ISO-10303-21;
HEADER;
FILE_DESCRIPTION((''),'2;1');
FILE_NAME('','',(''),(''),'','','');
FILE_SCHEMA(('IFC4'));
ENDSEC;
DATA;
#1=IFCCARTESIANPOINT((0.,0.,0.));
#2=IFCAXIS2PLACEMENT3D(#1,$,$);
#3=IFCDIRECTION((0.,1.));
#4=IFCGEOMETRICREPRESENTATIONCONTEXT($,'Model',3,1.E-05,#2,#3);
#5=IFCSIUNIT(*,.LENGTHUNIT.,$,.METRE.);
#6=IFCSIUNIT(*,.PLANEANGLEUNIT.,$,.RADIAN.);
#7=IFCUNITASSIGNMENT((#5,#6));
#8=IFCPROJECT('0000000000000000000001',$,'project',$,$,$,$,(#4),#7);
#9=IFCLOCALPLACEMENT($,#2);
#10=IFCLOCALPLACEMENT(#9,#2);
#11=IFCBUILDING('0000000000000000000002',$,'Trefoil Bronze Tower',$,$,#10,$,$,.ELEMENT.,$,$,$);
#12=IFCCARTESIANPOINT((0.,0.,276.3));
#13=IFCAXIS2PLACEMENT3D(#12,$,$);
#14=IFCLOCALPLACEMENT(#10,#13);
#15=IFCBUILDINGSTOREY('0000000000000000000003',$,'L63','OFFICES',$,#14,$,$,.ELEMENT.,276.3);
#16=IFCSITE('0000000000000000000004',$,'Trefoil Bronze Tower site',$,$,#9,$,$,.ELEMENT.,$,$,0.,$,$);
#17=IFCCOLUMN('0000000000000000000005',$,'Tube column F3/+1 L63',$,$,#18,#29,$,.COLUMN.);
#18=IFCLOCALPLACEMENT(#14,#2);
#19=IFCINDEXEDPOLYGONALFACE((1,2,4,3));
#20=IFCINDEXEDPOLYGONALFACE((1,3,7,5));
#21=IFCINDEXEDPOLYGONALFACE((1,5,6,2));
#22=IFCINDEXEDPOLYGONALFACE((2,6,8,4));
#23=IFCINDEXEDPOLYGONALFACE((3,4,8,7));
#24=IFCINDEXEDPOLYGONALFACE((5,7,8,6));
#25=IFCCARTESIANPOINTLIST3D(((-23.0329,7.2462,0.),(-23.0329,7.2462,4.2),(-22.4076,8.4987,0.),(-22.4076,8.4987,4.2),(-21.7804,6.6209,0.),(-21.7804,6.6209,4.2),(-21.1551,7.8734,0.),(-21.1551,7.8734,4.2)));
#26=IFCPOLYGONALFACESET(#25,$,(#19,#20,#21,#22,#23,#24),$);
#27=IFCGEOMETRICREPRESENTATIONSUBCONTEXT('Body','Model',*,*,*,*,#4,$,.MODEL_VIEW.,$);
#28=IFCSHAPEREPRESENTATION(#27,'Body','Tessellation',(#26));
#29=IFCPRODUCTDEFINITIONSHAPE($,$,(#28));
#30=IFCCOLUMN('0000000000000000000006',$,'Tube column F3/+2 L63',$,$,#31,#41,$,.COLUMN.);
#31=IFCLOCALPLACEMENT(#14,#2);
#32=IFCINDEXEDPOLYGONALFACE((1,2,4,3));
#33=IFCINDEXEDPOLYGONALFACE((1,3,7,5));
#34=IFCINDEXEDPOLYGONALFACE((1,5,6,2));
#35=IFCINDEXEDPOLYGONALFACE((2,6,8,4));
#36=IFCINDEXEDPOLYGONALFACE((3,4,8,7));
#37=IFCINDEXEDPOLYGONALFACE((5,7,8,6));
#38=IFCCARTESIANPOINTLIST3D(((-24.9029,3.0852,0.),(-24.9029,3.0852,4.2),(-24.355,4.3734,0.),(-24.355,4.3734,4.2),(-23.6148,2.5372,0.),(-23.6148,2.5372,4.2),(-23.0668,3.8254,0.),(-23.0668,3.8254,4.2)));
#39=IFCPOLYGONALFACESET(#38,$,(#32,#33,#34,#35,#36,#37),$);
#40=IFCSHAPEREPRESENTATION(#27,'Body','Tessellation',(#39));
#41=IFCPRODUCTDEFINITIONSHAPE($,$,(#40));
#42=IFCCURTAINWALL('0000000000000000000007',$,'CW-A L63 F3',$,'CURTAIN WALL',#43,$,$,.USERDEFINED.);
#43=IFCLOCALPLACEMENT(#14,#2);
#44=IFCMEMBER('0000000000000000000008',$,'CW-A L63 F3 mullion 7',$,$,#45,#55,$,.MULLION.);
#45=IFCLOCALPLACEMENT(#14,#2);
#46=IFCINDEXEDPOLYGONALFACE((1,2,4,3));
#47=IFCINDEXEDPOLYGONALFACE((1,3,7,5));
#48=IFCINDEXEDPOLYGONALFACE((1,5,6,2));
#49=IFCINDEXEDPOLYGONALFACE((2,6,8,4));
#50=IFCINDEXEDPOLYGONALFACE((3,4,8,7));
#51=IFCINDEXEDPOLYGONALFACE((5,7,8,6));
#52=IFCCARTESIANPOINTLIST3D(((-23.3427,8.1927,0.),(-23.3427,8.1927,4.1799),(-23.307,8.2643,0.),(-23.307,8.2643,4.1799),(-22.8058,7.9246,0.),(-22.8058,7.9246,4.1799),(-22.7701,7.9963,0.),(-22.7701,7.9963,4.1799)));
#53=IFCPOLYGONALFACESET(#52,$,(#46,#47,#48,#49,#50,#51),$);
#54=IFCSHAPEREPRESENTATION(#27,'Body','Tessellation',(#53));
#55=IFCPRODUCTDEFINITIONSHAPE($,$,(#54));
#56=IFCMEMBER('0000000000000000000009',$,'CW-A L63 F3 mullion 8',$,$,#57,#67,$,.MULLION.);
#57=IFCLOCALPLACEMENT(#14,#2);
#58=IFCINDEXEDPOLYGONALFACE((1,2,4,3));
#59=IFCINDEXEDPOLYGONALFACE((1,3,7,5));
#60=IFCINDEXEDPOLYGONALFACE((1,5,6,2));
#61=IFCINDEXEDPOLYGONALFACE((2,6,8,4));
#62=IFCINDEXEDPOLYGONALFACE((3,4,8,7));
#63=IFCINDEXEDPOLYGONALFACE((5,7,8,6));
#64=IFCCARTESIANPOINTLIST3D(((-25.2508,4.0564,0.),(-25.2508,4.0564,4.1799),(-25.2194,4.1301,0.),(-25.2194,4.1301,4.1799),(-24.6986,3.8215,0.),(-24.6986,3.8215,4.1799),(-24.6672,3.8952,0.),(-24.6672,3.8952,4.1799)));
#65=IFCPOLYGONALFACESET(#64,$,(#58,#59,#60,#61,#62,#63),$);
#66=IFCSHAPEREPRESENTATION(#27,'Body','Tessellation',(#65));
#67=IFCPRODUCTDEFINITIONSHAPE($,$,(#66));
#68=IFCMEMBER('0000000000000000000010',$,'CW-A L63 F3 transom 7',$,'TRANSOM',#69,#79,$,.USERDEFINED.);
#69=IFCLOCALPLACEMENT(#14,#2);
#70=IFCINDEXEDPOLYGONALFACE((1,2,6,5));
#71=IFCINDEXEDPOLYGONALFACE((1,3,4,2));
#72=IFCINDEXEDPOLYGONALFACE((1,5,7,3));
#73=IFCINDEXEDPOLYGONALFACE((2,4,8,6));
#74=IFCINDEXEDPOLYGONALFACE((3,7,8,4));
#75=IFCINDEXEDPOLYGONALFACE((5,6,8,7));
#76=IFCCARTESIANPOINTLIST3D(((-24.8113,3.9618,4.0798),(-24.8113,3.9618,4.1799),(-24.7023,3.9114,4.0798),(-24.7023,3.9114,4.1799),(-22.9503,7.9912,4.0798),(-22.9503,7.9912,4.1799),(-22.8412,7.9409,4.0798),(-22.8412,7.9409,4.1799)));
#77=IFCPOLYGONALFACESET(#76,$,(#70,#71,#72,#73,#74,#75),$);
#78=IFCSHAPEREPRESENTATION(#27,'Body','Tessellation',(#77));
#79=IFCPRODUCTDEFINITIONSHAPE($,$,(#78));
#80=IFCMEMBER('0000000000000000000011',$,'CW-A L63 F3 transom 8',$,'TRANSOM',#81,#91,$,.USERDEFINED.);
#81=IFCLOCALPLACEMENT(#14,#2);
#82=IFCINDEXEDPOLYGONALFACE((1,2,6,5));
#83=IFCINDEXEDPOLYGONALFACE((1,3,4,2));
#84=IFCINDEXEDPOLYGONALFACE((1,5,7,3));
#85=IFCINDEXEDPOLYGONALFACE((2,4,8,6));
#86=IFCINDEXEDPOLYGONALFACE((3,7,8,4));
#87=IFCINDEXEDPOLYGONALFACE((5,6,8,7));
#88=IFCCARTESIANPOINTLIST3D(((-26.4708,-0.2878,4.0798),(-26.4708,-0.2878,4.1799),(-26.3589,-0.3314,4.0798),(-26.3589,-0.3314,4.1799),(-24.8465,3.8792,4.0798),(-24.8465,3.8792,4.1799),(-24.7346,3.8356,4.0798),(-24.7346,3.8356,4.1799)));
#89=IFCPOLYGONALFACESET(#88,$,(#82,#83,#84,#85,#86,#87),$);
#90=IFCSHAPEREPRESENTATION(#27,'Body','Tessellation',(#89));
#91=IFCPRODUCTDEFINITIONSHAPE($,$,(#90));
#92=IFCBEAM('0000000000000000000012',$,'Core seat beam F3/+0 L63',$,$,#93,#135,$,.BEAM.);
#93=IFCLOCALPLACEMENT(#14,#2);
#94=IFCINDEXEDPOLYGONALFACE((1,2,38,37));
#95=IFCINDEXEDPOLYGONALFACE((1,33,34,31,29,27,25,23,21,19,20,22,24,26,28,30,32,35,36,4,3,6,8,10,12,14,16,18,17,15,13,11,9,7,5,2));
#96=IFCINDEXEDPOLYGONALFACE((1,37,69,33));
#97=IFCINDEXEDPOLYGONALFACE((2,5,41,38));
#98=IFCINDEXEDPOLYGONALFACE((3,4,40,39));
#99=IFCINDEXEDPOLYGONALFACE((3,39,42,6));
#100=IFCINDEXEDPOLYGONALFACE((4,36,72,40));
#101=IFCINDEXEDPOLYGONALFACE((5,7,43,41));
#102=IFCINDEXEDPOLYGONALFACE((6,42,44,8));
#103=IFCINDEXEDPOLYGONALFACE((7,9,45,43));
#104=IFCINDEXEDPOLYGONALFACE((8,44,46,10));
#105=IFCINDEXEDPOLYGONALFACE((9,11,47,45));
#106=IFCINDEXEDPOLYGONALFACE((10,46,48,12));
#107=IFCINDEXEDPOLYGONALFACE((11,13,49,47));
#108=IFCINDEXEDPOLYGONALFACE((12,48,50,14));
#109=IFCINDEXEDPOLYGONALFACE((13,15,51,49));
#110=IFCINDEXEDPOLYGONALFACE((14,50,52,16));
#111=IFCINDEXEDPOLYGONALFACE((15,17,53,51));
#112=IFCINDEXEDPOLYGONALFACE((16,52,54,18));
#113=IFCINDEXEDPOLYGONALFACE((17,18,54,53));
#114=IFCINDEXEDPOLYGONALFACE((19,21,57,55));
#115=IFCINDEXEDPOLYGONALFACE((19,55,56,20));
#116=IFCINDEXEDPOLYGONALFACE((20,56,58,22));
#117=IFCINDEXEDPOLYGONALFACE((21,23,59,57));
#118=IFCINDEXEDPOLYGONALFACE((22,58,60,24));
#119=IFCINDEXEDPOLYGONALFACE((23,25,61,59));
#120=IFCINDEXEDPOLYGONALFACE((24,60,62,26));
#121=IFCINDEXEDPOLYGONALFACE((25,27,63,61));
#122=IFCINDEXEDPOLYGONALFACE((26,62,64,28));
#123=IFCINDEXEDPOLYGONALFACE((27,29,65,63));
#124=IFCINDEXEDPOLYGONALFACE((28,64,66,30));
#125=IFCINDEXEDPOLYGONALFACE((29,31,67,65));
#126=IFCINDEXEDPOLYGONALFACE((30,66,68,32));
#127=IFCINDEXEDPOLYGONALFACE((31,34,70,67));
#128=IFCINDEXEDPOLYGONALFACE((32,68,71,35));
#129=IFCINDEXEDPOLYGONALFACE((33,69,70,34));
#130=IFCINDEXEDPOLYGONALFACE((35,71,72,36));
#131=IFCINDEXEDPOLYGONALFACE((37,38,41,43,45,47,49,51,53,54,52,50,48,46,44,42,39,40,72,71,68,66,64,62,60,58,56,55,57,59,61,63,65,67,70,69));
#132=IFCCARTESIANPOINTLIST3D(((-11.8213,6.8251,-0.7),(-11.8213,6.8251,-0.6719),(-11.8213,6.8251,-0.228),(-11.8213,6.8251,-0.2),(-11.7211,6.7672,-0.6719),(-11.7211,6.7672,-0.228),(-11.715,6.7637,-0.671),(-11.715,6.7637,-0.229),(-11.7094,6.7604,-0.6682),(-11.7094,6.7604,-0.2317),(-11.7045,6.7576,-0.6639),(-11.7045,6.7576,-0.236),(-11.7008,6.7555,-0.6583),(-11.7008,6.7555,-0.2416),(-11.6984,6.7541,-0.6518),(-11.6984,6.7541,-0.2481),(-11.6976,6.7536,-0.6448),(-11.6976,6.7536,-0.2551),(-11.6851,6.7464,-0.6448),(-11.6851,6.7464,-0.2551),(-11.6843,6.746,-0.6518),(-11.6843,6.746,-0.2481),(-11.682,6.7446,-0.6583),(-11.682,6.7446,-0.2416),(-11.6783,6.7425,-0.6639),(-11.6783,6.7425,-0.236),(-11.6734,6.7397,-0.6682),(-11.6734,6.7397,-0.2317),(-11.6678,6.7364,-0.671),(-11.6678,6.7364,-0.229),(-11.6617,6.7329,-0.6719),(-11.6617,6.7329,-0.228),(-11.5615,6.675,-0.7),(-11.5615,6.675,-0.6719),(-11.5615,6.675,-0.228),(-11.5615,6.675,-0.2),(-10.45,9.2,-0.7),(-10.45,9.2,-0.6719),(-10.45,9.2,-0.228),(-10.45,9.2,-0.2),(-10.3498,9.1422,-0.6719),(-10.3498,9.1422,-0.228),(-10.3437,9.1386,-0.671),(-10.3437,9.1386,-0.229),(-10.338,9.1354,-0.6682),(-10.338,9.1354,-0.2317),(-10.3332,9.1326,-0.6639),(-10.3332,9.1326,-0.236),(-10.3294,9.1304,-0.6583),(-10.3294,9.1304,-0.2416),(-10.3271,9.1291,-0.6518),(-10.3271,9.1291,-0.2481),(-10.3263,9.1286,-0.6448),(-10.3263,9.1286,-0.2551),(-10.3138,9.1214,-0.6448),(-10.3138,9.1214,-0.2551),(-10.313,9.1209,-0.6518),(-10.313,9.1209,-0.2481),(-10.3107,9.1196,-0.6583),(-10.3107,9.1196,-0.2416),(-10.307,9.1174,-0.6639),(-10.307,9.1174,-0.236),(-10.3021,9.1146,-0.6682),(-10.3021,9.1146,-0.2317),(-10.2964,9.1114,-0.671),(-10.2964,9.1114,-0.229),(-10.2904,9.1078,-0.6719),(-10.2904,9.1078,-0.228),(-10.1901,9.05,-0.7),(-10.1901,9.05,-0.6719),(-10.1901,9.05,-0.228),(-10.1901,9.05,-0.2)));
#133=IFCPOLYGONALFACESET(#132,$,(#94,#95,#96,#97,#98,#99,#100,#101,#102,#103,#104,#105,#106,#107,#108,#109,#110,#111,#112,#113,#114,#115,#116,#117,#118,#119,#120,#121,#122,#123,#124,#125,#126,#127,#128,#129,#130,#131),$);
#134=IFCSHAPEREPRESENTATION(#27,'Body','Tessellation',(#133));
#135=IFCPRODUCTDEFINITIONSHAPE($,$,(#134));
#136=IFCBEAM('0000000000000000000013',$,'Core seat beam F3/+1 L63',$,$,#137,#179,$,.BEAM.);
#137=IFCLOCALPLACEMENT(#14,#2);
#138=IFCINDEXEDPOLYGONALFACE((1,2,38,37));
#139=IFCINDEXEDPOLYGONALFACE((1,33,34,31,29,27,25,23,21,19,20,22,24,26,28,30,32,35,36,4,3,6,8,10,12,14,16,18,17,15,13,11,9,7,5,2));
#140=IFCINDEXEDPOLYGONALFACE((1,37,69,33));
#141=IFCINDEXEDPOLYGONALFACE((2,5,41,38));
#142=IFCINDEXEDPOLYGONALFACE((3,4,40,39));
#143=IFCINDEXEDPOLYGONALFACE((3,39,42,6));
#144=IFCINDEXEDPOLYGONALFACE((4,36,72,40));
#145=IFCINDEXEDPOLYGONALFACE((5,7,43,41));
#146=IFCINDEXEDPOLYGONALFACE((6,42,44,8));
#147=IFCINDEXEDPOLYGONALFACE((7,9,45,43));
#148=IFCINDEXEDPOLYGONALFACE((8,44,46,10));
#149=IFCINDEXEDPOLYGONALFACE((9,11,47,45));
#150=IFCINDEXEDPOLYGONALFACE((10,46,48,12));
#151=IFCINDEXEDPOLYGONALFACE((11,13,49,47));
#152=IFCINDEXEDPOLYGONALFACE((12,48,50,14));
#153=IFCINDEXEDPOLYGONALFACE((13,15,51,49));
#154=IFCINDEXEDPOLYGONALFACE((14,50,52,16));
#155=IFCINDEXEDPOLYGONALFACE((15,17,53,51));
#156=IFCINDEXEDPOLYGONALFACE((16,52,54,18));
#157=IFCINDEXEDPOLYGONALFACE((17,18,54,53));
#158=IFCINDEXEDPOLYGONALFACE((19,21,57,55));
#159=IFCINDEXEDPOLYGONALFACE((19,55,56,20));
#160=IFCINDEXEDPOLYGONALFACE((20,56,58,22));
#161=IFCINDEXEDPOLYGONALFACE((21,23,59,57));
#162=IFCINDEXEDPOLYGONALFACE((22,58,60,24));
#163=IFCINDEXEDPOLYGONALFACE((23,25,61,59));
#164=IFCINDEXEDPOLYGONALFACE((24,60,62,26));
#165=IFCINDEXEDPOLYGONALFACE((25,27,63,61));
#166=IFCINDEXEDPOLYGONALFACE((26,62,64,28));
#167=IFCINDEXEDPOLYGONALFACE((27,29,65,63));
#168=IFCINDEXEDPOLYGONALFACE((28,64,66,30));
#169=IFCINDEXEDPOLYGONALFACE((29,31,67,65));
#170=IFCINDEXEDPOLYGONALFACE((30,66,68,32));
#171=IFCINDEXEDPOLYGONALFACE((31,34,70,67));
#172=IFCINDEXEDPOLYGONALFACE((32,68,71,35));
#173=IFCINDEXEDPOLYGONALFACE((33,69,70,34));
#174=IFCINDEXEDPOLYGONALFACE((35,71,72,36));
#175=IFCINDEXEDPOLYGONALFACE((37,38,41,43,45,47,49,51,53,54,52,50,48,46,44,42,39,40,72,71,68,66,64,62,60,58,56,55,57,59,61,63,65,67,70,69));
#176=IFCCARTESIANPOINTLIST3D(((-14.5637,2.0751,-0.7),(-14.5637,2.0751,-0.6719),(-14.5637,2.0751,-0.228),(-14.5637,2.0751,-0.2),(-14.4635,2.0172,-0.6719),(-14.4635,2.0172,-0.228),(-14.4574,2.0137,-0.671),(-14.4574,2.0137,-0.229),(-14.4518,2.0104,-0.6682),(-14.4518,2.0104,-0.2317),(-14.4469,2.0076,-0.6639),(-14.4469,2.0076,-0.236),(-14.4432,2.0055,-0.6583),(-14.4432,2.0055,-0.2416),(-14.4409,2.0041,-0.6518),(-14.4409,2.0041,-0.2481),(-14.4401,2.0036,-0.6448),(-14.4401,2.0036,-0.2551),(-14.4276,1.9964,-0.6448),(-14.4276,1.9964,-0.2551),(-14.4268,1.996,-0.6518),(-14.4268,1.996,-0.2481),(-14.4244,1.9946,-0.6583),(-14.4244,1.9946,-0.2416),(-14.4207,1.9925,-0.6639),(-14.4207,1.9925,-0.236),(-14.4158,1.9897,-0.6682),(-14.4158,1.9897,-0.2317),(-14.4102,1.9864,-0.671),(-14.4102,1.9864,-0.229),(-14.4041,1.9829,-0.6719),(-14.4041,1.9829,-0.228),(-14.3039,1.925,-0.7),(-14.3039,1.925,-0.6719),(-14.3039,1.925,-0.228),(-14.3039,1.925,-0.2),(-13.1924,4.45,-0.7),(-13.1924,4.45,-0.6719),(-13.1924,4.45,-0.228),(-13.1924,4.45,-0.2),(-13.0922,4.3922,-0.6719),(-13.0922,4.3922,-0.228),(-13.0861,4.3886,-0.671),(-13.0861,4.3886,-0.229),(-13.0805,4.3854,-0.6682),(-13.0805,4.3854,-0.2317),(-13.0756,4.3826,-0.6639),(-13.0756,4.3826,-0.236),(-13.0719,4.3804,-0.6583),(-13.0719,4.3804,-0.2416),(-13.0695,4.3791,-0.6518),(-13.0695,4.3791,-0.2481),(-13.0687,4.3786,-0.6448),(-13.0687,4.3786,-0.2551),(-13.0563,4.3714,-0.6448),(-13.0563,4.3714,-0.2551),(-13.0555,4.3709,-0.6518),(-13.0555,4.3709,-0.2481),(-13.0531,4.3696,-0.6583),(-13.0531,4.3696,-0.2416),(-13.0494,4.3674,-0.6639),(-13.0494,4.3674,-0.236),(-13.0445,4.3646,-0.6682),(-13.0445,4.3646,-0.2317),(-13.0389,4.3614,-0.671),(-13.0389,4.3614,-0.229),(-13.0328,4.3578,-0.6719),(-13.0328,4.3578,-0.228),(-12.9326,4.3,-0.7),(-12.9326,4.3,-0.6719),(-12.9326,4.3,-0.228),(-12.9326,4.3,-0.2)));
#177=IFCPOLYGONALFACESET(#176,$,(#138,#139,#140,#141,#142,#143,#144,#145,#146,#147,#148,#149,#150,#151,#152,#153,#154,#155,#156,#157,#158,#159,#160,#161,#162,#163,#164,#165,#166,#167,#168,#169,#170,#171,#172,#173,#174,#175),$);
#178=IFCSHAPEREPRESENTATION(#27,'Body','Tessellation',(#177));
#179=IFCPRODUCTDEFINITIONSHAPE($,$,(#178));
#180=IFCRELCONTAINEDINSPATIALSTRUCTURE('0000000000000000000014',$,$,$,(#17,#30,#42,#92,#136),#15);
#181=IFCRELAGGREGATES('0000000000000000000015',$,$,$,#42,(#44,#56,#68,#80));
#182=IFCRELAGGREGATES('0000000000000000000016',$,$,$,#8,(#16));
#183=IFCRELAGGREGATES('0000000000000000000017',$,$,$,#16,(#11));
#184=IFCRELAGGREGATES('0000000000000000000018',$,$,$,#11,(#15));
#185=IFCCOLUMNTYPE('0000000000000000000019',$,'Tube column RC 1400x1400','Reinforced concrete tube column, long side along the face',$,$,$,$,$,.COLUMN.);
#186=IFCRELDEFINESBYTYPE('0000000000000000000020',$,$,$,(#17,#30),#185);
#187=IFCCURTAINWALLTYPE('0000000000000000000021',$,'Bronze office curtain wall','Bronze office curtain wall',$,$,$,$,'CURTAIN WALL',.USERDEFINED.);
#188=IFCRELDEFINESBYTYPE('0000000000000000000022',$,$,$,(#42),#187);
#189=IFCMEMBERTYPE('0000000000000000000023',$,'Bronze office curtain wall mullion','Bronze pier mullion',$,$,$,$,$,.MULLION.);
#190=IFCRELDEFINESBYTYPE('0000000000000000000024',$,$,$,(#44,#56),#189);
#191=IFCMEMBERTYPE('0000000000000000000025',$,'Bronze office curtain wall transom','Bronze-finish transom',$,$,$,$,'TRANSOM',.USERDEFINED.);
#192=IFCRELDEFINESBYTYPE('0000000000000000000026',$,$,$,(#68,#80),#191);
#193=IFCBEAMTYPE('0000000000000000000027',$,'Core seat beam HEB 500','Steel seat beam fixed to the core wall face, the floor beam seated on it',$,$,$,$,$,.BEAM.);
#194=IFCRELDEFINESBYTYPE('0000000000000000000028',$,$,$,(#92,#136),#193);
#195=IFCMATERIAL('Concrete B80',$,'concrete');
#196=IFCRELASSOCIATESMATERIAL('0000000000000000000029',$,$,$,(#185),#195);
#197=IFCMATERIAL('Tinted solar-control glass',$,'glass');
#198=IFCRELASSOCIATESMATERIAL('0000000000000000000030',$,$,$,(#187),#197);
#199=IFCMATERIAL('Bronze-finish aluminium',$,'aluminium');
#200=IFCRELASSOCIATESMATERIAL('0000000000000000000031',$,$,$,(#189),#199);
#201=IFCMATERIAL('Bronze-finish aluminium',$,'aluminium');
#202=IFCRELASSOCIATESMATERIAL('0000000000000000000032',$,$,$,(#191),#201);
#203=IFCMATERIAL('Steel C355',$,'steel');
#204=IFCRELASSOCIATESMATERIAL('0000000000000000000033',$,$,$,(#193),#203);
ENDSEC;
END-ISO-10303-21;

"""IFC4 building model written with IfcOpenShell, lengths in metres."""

from ifc_helpers import new_model, si_unit, direction, frame, origin, origin_2d, place, context, subcontext, project, spatial, rectangle, i_section, extrude, material, material_profile, profile_set, type_object, element, aggregate, save


model = new_model("IFC4")

# Units and contexts
model_context = context("Model", 3, precision=1e-05, world=origin(), true_north=direction((0.0, 1.0)))
body_context = subcontext(model_context, "Body", "Model", "MODEL_VIEW")
ifc_project = project(units=[si_unit("LENGTHUNIT", "METRE"), si_unit("PLANEANGLEUNIT", "RADIAN")], contexts=[model_context])

# Site, building, storey
site_placement = place(None, origin())
site = spatial("IfcSite", under=ifc_project, at=site_placement, Name="Trefoil Bronze Tower site", CompositionType="ELEMENT", RefElevation=0.0)
building_placement = place(site_placement, origin())
building = spatial("IfcBuilding", under=site, at=building_placement, Name="Trefoil Bronze Tower", CompositionType="ELEMENT")
storey_placement = place(building_placement, frame((0.0, 0.0, 276.3)))
storey = spatial("IfcBuildingStorey", under=building, at=storey_placement, Name="L63", Description="OFFICES", CompositionType="ELEMENT", Elevation=276.3)

# Columns
ifc_material_1 = material(Name="Concrete B80", Category="concrete")
ifc_material_profile_1 = material_profile(ifc_material_1, rectangle(XDim=1.3999, YDim=1.3999, at=origin_2d()), Name="RC 1400x1400")
ifc_profile_set_1 = profile_set([ifc_material_profile_1], Name="Concrete B80")
column_type = type_object("IfcColumnType", Name="Tube column RC 1400x1400", Description="Reinforced concrete tube column, long side along the face", PredefinedType="COLUMN", material=ifc_profile_set_1)
for number, where, z_axis, x_axis, name in (
    (1, (-22.094, 7.5598, 0.0), (0.0, 0.0, 1.0), (-0.446641, -0.894713, 0.0), "Tube column F3/+1 L63"),
    (2, (-23.9849, 3.4553, 0.0), (0.0, 0.0, 1.0), (-0.391436, -0.920205, 0.0), "Tube column F3/+2 L63"),
):
    element("IfcColumn", number, at=place(storey_placement, frame(where, z_axis=z_axis, x_axis=x_axis)), inside=storey, type_object=column_type, Name=name, PredefinedType="COLUMN", context=body_context, shape_type="SweptSolid", body=[
        extrude(rectangle(XDim=1.3999, YDim=1.3999, at=origin_2d()), origin(), (0.0, 0.0, 1.0), 4.2),
    ])

# Curtain wall, members
ifc_material_2 = material(Name="Tinted solar-control glass", Category="glass")
curtain_wall_type = type_object("IfcCurtainWallType", Name="Bronze office curtain wall", Description="Bronze office curtain wall", ElementType="CURTAIN WALL", PredefinedType="USERDEFINED", material=ifc_material_2)
curtain_wall_placement = place(storey_placement, origin())
curtain_wall = element("IfcCurtainWall", 3, at=curtain_wall_placement, inside=storey, type_object=curtain_wall_type, Name="CW-A L63 F3", ObjectType="CURTAIN WALL", PredefinedType="USERDEFINED")
ifc_material_3 = material(Name="Bronze-finish aluminium", Category="aluminium")
ifc_material_profile_2 = material_profile(ifc_material_3, rectangle(XDim=0.6001, YDim=0.0801, at=origin_2d()), Name="CW-A mullion")
ifc_profile_set_2 = profile_set([ifc_material_profile_2], Name="Bronze-finish aluminium")
member_type_1 = type_object("IfcMemberType", Name="Bronze office curtain wall mullion", Description="Bronze pier mullion", PredefinedType="MULLION", material=ifc_profile_set_2)
member_1_placement = place(storey_placement, frame((-23.0564, 8.0945, 0.0), z_axis=(0.0, 0.0, 1.0), x_axis=(0.894713, -0.446641, 0.0)))
member_1 = element("IfcMember", 4, at=member_1_placement, type_object=member_type_1, Name="CW-A L63 F3 mullion 7", PredefinedType="MULLION", context=body_context, shape_type="SweptSolid", body=[
    extrude(rectangle(XDim=0.6001, YDim=0.0801, at=origin_2d()), origin(), (0.0, 0.0, 1.0), 4.1799),
])
member_2_placement = place(storey_placement, frame((-24.959, 3.9758, 0.0), z_axis=(0.0, 0.0, 1.0), x_axis=(0.920205, -0.391436, 0.0)))
member_2 = element("IfcMember", 5, at=member_2_placement, type_object=member_type_1, Name="CW-A L63 F3 mullion 8", PredefinedType="MULLION", context=body_context, shape_type="SweptSolid", body=[
    extrude(rectangle(XDim=0.6001, YDim=0.0801, at=origin_2d()), origin(), (0.0, 0.0, 1.0), 4.1799),
])
ifc_material_4 = material(Name="Bronze-finish aluminium", Category="aluminium")
ifc_material_profile_3 = material_profile(ifc_material_4, rectangle(XDim=0.1201, YDim=0.1001, at=origin_2d()), Name="CW-A transom")
ifc_profile_set_3 = profile_set([ifc_material_profile_3], Name="Bronze-finish aluminium")
member_type_2 = type_object("IfcMemberType", Name="Bronze office curtain wall transom", Description="Bronze-finish transom", ElementType="TRANSOM", PredefinedType="USERDEFINED", material=ifc_profile_set_3)
member_3_placement = place(storey_placement, frame((-22.8958, 7.9661, 4.1299), z_axis=(-0.419299, -0.907848, 0.0), x_axis=(0.907848, -0.419299, 0.0)))
member_3 = element("IfcMember", 6, at=member_3_placement, type_object=member_type_2, Name="CW-A L63 F3 transom 7", ObjectType="TRANSOM", PredefinedType="USERDEFINED", context=body_context, shape_type="SweptSolid", body=[
    extrude(rectangle(XDim=0.1201, YDim=0.1001, at=origin_2d()), origin(), (0.0, 0.0, 1.0), 4.4385),
])
member_4_placement = place(storey_placement, frame((-24.7905, 3.8574, 4.1299), z_axis=(-0.363178, -0.93172, 0.0), x_axis=(0.93172, -0.363178, 0.0)))
member_4 = element("IfcMember", 7, at=member_4_placement, type_object=member_type_2, Name="CW-A L63 F3 transom 8", ObjectType="TRANSOM", PredefinedType="USERDEFINED", context=body_context, shape_type="SweptSolid", body=[
    extrude(rectangle(XDim=0.1201, YDim=0.1001, at=origin_2d()), origin(), (0.0, 0.0, 1.0), 4.4724),
])

# Beams
ifc_material_5 = material(Name="Steel C355", Category="steel")
ifc_material_profile_4 = material_profile(ifc_material_5, i_section(OverallWidth=0.3, OverallDepth=0.5, WebThickness=0.0144, FlangeThickness=0.0281, FilletRadius=0.0271, at=origin_2d()), Name="HEB 500")
ifc_profile_set_4 = profile_set([ifc_material_profile_4], Name="Steel C355")
beam_type_1 = type_object("IfcBeamType", Name="Core seat beam HEB 500", Description="Steel seat beam fixed to the core wall face, the floor beam seated on it", PredefinedType="BEAM", material=ifc_profile_set_4)
for number, where, z_axis, x_axis, name in (
    (8, (-10.3201, 9.125, -0.45), (-0.500036, -0.866005, 0.0), (0.866005, -0.500036, 0.0), "Core seat beam F3/+0 L63"),
    (9, (-13.0625, 4.375, -0.45), (-0.500036, -0.866005, 0.0), (0.866005, -0.500036, 0.0), "Core seat beam F3/+1 L63"),
):
    element("IfcBeam", number, at=place(storey_placement, frame(where, z_axis=z_axis, x_axis=x_axis)), inside=storey, type_object=beam_type_1, Name=name, PredefinedType="BEAM", context=body_context, shape_type="SweptSolid", body=[
        extrude(i_section(OverallWidth=0.3, OverallDepth=0.5, WebThickness=0.0144, FlangeThickness=0.0281, FilletRadius=0.0271, at=origin_2d()), origin(), (0.0, 0.0, 1.0), 2.7424),
    ])

aggregate(curtain_wall, [member_1, member_2, member_3, member_4])

save(model, "model.ifc")
